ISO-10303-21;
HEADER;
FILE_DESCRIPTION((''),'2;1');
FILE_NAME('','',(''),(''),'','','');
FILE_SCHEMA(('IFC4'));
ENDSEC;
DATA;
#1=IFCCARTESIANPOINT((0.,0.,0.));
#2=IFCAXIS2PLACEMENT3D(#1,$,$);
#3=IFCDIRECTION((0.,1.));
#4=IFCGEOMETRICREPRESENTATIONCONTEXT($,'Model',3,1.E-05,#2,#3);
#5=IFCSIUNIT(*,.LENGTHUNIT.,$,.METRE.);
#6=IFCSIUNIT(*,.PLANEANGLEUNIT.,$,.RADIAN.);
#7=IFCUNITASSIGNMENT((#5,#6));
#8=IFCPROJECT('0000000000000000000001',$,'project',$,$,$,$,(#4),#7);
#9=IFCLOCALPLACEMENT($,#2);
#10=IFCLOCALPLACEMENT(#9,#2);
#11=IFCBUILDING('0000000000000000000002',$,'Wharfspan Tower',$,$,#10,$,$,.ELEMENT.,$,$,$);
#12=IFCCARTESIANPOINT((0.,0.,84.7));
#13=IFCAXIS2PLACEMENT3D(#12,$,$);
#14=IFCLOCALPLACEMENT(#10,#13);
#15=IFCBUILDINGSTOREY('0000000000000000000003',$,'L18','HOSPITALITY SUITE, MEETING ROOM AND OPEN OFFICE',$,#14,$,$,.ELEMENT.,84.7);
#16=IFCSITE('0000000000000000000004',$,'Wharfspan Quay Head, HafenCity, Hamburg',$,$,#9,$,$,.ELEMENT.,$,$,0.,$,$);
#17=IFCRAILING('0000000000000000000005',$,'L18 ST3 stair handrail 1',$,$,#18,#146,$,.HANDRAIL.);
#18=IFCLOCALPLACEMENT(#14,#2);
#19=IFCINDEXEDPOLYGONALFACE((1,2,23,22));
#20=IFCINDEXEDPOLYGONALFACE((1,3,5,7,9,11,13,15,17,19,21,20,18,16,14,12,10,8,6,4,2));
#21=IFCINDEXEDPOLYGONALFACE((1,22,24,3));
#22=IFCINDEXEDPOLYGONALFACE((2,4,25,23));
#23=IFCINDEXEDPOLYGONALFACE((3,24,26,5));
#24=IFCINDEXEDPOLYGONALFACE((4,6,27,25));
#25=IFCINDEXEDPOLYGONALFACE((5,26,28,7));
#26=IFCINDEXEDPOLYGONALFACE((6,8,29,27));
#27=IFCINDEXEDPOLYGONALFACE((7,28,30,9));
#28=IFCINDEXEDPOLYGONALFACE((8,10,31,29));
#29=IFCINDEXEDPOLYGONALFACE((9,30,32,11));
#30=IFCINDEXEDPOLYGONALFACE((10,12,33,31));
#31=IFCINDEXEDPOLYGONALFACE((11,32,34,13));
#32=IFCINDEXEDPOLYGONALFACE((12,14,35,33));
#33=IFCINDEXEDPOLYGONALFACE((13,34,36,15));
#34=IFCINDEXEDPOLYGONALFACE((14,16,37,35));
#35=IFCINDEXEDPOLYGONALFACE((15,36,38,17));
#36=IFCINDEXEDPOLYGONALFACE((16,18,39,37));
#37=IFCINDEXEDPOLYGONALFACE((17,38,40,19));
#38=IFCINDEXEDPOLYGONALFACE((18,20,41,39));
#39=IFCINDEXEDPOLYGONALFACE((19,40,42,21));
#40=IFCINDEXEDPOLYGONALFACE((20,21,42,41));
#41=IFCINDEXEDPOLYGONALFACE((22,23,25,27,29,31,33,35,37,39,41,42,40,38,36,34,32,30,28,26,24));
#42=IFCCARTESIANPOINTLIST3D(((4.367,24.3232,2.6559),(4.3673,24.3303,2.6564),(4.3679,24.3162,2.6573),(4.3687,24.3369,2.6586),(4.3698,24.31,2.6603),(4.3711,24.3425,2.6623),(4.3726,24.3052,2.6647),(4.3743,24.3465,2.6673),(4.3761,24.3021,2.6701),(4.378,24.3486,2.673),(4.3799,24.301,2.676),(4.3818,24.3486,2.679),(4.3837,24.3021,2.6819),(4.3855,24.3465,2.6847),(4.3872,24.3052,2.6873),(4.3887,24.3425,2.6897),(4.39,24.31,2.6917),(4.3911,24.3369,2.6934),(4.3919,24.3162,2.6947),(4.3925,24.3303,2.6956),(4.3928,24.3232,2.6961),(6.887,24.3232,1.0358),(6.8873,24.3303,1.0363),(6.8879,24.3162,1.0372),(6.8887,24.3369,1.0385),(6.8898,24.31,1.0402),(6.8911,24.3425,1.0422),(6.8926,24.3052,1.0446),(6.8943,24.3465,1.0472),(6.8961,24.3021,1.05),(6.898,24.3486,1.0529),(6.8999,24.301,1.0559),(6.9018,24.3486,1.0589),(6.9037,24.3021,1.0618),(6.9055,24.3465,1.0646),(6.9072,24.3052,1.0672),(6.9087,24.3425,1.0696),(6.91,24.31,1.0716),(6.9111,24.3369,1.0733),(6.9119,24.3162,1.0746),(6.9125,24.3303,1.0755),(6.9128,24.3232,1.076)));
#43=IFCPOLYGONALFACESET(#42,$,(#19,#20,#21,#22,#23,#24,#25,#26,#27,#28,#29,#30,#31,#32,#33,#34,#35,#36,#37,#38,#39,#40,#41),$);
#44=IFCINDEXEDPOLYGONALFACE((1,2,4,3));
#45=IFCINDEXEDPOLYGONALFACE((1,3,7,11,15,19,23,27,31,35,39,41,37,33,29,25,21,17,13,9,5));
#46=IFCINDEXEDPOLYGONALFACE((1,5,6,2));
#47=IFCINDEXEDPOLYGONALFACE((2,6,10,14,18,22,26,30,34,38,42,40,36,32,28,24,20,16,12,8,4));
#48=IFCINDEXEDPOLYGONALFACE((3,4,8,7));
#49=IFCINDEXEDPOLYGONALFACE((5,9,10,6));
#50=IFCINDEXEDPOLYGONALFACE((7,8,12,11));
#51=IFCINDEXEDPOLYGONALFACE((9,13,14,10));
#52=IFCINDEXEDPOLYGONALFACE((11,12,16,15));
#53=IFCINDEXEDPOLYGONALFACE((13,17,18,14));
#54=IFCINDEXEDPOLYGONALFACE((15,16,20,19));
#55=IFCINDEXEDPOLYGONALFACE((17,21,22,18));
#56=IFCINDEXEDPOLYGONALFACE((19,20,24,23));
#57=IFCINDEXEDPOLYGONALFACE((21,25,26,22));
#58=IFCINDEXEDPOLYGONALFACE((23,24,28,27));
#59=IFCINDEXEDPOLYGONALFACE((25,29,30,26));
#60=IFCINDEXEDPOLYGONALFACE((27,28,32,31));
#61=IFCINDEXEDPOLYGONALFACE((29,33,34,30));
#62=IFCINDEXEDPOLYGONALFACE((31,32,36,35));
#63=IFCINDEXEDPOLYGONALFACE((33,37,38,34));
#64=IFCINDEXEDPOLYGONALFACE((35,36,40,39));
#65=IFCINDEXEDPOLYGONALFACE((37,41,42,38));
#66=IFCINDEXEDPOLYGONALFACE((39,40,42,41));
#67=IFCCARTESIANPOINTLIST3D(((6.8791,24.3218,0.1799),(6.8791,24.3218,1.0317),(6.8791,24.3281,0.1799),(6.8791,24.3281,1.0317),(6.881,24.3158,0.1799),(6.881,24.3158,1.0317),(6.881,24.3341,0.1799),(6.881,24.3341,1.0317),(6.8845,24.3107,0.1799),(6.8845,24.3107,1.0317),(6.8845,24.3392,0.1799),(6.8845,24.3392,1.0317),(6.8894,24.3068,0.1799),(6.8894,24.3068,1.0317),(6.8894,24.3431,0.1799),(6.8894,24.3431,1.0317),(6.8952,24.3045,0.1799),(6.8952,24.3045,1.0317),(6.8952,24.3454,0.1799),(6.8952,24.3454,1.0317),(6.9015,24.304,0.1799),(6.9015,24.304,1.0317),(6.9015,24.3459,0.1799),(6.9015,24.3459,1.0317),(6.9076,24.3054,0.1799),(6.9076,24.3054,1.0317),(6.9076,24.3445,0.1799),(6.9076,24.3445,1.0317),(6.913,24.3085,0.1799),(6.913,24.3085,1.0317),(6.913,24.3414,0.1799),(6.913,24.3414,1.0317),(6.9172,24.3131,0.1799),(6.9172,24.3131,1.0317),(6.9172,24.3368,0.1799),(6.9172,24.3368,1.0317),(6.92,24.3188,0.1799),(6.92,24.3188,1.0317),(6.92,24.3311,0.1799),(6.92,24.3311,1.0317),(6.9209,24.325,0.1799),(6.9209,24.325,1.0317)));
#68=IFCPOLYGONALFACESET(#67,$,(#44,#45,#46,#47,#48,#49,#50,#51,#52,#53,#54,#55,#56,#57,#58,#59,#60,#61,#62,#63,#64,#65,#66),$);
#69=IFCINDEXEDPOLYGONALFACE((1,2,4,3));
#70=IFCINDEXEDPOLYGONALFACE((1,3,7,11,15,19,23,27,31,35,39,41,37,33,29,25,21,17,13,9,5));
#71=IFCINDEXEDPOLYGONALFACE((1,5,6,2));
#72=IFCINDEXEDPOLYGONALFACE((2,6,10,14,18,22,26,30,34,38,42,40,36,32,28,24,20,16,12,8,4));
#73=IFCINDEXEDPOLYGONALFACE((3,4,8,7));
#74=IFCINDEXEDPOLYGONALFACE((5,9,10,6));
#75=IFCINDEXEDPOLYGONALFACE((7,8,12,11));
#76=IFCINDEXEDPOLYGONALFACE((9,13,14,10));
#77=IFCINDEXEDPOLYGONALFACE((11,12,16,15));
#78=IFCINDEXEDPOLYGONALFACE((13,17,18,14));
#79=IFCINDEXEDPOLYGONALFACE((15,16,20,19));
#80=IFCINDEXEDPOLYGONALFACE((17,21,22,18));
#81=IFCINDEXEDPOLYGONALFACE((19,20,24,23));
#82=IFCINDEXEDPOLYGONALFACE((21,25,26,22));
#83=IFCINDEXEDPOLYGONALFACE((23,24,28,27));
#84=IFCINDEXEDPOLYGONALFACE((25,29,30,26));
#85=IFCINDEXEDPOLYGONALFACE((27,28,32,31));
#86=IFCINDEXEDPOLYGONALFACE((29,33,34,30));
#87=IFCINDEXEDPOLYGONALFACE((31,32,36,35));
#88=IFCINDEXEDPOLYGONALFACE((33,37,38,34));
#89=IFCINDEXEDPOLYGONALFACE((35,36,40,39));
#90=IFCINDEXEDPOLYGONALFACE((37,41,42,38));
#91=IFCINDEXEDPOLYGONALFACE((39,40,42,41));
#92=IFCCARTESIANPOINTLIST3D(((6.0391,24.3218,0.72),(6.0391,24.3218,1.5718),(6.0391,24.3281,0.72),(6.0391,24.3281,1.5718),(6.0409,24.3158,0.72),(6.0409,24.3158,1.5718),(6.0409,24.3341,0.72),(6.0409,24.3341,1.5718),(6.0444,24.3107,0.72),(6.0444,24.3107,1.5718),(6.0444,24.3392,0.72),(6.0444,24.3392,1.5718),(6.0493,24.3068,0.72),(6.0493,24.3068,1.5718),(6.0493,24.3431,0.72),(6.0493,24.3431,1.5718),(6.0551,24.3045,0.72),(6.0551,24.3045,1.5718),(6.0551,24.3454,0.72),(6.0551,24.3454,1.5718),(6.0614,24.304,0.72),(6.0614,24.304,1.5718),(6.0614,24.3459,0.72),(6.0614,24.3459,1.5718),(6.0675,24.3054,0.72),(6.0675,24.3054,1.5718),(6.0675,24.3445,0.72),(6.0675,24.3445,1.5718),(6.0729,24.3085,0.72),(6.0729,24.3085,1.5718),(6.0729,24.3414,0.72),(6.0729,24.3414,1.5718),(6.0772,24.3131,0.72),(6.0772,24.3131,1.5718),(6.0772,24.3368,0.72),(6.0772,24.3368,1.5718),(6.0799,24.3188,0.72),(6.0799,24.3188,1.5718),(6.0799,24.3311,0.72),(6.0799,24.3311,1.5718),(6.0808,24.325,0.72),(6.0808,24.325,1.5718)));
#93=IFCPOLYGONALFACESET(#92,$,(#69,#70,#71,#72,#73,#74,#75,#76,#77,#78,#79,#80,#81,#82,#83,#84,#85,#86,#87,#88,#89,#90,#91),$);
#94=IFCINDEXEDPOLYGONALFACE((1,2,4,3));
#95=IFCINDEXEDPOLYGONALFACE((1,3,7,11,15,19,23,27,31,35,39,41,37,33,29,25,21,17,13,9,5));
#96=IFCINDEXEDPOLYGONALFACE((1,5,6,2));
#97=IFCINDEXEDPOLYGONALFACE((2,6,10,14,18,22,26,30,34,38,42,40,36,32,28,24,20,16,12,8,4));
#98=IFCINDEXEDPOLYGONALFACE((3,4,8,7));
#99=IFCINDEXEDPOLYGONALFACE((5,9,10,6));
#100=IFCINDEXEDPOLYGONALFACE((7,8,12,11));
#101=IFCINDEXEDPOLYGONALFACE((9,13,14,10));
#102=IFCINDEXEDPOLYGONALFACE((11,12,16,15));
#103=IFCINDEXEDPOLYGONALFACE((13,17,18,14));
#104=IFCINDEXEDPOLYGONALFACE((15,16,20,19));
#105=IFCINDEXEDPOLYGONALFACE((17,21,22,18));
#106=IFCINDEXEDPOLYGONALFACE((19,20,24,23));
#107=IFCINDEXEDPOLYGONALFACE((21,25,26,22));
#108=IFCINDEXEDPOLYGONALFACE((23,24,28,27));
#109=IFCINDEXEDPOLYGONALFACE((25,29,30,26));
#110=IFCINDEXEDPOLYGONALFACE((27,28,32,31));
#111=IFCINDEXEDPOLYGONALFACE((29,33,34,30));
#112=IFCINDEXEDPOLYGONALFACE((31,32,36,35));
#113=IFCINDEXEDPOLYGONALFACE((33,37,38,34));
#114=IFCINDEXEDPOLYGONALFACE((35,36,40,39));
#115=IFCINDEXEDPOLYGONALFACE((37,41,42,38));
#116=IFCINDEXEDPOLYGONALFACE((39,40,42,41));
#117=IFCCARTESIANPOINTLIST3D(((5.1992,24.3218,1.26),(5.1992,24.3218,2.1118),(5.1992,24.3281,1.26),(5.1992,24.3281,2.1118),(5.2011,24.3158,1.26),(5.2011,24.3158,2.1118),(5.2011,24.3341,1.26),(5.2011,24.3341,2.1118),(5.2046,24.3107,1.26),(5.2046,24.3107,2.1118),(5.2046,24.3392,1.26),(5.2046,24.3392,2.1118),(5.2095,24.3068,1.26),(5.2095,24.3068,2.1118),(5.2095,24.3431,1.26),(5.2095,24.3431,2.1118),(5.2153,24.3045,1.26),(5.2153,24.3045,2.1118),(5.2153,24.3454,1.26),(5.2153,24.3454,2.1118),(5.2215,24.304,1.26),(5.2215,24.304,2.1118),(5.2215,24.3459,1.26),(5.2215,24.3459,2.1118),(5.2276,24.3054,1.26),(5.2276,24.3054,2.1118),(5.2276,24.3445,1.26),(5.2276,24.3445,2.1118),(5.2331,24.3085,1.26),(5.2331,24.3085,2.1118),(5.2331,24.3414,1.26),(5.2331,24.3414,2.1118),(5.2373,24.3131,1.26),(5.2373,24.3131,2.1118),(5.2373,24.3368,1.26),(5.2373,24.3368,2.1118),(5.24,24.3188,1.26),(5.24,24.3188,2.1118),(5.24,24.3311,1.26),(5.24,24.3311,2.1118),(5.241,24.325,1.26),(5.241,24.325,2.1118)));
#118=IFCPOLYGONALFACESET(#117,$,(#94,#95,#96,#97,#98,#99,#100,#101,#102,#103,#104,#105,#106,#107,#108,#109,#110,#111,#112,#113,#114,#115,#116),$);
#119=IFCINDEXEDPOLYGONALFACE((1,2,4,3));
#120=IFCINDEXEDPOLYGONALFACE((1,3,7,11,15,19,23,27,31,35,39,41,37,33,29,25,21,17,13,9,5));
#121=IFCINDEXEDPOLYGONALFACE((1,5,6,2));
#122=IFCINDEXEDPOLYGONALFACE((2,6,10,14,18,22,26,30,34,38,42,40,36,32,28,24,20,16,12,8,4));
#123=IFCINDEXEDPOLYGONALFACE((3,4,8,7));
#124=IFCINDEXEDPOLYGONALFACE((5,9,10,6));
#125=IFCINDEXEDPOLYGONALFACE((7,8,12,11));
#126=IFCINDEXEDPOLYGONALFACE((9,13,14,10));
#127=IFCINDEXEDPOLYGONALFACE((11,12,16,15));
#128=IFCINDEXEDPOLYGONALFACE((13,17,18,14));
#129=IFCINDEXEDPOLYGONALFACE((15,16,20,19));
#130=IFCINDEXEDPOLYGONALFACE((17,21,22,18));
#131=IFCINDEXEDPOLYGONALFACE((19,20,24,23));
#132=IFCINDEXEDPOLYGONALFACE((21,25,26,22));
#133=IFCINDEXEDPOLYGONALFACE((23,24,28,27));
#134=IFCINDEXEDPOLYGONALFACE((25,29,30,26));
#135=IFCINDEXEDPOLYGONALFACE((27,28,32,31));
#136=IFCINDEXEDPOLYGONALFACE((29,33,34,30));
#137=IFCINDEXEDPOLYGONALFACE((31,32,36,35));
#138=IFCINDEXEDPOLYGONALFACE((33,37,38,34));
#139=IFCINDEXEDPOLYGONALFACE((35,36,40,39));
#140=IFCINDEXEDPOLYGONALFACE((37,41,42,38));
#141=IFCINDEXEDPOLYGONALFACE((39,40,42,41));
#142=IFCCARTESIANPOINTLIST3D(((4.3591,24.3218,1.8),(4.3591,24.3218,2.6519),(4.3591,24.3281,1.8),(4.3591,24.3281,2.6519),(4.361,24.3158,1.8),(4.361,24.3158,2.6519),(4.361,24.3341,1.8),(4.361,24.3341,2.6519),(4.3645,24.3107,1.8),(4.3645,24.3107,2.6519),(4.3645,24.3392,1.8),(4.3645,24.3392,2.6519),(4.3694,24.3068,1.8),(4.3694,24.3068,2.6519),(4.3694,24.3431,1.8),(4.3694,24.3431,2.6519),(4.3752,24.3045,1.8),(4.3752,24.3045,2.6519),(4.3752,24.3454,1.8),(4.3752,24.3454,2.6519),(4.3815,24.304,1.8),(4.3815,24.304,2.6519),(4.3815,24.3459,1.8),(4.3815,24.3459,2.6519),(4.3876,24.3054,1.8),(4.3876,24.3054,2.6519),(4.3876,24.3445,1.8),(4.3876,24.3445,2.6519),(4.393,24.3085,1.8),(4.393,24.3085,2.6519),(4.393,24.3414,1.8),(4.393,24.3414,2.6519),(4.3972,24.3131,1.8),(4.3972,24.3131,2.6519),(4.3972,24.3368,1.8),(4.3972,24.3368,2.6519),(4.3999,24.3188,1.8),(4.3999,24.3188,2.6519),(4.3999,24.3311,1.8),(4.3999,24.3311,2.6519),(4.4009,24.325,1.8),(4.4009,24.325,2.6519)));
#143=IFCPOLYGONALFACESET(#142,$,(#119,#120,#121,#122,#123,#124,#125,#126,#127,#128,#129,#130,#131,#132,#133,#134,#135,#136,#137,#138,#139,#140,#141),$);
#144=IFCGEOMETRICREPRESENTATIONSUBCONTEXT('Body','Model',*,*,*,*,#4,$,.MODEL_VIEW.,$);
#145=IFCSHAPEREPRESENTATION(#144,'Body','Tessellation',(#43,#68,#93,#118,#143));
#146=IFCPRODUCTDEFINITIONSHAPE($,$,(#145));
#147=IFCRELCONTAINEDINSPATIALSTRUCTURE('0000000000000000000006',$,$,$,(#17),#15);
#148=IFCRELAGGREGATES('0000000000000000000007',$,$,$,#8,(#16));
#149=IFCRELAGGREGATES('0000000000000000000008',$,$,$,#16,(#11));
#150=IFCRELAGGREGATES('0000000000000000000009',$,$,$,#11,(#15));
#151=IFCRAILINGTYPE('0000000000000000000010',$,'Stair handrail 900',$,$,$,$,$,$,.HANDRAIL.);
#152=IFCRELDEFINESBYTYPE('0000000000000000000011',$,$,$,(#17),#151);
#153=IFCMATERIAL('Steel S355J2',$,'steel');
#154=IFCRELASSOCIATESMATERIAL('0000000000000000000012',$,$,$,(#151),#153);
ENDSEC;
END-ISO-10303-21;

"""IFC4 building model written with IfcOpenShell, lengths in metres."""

from ifc_helpers import new_model, si_unit, direction, frame, origin, origin_2d, place, context, subcontext, project, spatial, circle, extrude, material, type_object, element, save


model = new_model("IFC4")

# Units and contexts
model_context = context("Model", 3, precision=1e-05, world=origin(), true_north=direction((0.0, 1.0)))
body_context = subcontext(model_context, "Body", "Model", "MODEL_VIEW")
ifc_project = project(units=[si_unit("LENGTHUNIT", "METRE"), si_unit("PLANEANGLEUNIT", "RADIAN")], contexts=[model_context])

# Site, building, storey
site_placement = place(None, origin())
site = spatial("IfcSite", under=ifc_project, at=site_placement, Name="Wharfspan Quay Head, HafenCity, Hamburg", CompositionType="ELEMENT", RefElevation=0.0)
building_placement = place(site_placement, origin())
building = spatial("IfcBuilding", under=site, at=building_placement, Name="Wharfspan Tower", CompositionType="ELEMENT")
storey_placement = place(building_placement, frame((0.0, 0.0, 84.7)))
storey = spatial("IfcBuildingStorey", under=building, at=storey_placement, Name="L18", Description="HOSPITALITY SUITE, MEETING ROOM AND OPEN OFFICE", CompositionType="ELEMENT", Elevation=84.7)

# Railing
ifc_material_1 = material(Name="Steel S355J2", Category="steel")
railing_type = type_object("IfcRailingType", Name="Stair handrail 900", PredefinedType="HANDRAIL", material=ifc_material_1)
railing_placement = place(storey_placement, frame((6.8999, 24.325, 0.1799)))
element("IfcRailing", 1, at=railing_placement, inside=storey, type_object=railing_type, Name="L18 ST3 stair handrail 1", PredefinedType="HANDRAIL", context=body_context, shape_type="SweptSolid", body=[
    extrude(circle(Radius=0.0239, at=origin_2d()), frame((0.0, 0.0, 0.876), z_axis=(-0.841163, 0.0, 0.540782), x_axis=(0.0, -1.0, 0.0)), (0.0, 0.0, 1.0), 2.9958),
    extrude(circle(Radius=0.021, at=origin_2d()), origin(), (0.0, 0.0, 1.0), 0.8518),
    extrude(circle(Radius=0.021, at=origin_2d()), frame((-0.8401, 0.0, 0.54)), (0.0, 0.0, 1.0), 0.8518),
    extrude(circle(Radius=0.021, at=origin_2d()), frame((-1.6799, 0.0, 1.0801)), (0.0, 0.0, 1.0), 0.8518),
    extrude(circle(Radius=0.021, at=origin_2d()), frame((-2.52, 0.0, 1.6201)), (0.0, 0.0, 1.0), 0.8518),
])

save(model, "model.ifc")
